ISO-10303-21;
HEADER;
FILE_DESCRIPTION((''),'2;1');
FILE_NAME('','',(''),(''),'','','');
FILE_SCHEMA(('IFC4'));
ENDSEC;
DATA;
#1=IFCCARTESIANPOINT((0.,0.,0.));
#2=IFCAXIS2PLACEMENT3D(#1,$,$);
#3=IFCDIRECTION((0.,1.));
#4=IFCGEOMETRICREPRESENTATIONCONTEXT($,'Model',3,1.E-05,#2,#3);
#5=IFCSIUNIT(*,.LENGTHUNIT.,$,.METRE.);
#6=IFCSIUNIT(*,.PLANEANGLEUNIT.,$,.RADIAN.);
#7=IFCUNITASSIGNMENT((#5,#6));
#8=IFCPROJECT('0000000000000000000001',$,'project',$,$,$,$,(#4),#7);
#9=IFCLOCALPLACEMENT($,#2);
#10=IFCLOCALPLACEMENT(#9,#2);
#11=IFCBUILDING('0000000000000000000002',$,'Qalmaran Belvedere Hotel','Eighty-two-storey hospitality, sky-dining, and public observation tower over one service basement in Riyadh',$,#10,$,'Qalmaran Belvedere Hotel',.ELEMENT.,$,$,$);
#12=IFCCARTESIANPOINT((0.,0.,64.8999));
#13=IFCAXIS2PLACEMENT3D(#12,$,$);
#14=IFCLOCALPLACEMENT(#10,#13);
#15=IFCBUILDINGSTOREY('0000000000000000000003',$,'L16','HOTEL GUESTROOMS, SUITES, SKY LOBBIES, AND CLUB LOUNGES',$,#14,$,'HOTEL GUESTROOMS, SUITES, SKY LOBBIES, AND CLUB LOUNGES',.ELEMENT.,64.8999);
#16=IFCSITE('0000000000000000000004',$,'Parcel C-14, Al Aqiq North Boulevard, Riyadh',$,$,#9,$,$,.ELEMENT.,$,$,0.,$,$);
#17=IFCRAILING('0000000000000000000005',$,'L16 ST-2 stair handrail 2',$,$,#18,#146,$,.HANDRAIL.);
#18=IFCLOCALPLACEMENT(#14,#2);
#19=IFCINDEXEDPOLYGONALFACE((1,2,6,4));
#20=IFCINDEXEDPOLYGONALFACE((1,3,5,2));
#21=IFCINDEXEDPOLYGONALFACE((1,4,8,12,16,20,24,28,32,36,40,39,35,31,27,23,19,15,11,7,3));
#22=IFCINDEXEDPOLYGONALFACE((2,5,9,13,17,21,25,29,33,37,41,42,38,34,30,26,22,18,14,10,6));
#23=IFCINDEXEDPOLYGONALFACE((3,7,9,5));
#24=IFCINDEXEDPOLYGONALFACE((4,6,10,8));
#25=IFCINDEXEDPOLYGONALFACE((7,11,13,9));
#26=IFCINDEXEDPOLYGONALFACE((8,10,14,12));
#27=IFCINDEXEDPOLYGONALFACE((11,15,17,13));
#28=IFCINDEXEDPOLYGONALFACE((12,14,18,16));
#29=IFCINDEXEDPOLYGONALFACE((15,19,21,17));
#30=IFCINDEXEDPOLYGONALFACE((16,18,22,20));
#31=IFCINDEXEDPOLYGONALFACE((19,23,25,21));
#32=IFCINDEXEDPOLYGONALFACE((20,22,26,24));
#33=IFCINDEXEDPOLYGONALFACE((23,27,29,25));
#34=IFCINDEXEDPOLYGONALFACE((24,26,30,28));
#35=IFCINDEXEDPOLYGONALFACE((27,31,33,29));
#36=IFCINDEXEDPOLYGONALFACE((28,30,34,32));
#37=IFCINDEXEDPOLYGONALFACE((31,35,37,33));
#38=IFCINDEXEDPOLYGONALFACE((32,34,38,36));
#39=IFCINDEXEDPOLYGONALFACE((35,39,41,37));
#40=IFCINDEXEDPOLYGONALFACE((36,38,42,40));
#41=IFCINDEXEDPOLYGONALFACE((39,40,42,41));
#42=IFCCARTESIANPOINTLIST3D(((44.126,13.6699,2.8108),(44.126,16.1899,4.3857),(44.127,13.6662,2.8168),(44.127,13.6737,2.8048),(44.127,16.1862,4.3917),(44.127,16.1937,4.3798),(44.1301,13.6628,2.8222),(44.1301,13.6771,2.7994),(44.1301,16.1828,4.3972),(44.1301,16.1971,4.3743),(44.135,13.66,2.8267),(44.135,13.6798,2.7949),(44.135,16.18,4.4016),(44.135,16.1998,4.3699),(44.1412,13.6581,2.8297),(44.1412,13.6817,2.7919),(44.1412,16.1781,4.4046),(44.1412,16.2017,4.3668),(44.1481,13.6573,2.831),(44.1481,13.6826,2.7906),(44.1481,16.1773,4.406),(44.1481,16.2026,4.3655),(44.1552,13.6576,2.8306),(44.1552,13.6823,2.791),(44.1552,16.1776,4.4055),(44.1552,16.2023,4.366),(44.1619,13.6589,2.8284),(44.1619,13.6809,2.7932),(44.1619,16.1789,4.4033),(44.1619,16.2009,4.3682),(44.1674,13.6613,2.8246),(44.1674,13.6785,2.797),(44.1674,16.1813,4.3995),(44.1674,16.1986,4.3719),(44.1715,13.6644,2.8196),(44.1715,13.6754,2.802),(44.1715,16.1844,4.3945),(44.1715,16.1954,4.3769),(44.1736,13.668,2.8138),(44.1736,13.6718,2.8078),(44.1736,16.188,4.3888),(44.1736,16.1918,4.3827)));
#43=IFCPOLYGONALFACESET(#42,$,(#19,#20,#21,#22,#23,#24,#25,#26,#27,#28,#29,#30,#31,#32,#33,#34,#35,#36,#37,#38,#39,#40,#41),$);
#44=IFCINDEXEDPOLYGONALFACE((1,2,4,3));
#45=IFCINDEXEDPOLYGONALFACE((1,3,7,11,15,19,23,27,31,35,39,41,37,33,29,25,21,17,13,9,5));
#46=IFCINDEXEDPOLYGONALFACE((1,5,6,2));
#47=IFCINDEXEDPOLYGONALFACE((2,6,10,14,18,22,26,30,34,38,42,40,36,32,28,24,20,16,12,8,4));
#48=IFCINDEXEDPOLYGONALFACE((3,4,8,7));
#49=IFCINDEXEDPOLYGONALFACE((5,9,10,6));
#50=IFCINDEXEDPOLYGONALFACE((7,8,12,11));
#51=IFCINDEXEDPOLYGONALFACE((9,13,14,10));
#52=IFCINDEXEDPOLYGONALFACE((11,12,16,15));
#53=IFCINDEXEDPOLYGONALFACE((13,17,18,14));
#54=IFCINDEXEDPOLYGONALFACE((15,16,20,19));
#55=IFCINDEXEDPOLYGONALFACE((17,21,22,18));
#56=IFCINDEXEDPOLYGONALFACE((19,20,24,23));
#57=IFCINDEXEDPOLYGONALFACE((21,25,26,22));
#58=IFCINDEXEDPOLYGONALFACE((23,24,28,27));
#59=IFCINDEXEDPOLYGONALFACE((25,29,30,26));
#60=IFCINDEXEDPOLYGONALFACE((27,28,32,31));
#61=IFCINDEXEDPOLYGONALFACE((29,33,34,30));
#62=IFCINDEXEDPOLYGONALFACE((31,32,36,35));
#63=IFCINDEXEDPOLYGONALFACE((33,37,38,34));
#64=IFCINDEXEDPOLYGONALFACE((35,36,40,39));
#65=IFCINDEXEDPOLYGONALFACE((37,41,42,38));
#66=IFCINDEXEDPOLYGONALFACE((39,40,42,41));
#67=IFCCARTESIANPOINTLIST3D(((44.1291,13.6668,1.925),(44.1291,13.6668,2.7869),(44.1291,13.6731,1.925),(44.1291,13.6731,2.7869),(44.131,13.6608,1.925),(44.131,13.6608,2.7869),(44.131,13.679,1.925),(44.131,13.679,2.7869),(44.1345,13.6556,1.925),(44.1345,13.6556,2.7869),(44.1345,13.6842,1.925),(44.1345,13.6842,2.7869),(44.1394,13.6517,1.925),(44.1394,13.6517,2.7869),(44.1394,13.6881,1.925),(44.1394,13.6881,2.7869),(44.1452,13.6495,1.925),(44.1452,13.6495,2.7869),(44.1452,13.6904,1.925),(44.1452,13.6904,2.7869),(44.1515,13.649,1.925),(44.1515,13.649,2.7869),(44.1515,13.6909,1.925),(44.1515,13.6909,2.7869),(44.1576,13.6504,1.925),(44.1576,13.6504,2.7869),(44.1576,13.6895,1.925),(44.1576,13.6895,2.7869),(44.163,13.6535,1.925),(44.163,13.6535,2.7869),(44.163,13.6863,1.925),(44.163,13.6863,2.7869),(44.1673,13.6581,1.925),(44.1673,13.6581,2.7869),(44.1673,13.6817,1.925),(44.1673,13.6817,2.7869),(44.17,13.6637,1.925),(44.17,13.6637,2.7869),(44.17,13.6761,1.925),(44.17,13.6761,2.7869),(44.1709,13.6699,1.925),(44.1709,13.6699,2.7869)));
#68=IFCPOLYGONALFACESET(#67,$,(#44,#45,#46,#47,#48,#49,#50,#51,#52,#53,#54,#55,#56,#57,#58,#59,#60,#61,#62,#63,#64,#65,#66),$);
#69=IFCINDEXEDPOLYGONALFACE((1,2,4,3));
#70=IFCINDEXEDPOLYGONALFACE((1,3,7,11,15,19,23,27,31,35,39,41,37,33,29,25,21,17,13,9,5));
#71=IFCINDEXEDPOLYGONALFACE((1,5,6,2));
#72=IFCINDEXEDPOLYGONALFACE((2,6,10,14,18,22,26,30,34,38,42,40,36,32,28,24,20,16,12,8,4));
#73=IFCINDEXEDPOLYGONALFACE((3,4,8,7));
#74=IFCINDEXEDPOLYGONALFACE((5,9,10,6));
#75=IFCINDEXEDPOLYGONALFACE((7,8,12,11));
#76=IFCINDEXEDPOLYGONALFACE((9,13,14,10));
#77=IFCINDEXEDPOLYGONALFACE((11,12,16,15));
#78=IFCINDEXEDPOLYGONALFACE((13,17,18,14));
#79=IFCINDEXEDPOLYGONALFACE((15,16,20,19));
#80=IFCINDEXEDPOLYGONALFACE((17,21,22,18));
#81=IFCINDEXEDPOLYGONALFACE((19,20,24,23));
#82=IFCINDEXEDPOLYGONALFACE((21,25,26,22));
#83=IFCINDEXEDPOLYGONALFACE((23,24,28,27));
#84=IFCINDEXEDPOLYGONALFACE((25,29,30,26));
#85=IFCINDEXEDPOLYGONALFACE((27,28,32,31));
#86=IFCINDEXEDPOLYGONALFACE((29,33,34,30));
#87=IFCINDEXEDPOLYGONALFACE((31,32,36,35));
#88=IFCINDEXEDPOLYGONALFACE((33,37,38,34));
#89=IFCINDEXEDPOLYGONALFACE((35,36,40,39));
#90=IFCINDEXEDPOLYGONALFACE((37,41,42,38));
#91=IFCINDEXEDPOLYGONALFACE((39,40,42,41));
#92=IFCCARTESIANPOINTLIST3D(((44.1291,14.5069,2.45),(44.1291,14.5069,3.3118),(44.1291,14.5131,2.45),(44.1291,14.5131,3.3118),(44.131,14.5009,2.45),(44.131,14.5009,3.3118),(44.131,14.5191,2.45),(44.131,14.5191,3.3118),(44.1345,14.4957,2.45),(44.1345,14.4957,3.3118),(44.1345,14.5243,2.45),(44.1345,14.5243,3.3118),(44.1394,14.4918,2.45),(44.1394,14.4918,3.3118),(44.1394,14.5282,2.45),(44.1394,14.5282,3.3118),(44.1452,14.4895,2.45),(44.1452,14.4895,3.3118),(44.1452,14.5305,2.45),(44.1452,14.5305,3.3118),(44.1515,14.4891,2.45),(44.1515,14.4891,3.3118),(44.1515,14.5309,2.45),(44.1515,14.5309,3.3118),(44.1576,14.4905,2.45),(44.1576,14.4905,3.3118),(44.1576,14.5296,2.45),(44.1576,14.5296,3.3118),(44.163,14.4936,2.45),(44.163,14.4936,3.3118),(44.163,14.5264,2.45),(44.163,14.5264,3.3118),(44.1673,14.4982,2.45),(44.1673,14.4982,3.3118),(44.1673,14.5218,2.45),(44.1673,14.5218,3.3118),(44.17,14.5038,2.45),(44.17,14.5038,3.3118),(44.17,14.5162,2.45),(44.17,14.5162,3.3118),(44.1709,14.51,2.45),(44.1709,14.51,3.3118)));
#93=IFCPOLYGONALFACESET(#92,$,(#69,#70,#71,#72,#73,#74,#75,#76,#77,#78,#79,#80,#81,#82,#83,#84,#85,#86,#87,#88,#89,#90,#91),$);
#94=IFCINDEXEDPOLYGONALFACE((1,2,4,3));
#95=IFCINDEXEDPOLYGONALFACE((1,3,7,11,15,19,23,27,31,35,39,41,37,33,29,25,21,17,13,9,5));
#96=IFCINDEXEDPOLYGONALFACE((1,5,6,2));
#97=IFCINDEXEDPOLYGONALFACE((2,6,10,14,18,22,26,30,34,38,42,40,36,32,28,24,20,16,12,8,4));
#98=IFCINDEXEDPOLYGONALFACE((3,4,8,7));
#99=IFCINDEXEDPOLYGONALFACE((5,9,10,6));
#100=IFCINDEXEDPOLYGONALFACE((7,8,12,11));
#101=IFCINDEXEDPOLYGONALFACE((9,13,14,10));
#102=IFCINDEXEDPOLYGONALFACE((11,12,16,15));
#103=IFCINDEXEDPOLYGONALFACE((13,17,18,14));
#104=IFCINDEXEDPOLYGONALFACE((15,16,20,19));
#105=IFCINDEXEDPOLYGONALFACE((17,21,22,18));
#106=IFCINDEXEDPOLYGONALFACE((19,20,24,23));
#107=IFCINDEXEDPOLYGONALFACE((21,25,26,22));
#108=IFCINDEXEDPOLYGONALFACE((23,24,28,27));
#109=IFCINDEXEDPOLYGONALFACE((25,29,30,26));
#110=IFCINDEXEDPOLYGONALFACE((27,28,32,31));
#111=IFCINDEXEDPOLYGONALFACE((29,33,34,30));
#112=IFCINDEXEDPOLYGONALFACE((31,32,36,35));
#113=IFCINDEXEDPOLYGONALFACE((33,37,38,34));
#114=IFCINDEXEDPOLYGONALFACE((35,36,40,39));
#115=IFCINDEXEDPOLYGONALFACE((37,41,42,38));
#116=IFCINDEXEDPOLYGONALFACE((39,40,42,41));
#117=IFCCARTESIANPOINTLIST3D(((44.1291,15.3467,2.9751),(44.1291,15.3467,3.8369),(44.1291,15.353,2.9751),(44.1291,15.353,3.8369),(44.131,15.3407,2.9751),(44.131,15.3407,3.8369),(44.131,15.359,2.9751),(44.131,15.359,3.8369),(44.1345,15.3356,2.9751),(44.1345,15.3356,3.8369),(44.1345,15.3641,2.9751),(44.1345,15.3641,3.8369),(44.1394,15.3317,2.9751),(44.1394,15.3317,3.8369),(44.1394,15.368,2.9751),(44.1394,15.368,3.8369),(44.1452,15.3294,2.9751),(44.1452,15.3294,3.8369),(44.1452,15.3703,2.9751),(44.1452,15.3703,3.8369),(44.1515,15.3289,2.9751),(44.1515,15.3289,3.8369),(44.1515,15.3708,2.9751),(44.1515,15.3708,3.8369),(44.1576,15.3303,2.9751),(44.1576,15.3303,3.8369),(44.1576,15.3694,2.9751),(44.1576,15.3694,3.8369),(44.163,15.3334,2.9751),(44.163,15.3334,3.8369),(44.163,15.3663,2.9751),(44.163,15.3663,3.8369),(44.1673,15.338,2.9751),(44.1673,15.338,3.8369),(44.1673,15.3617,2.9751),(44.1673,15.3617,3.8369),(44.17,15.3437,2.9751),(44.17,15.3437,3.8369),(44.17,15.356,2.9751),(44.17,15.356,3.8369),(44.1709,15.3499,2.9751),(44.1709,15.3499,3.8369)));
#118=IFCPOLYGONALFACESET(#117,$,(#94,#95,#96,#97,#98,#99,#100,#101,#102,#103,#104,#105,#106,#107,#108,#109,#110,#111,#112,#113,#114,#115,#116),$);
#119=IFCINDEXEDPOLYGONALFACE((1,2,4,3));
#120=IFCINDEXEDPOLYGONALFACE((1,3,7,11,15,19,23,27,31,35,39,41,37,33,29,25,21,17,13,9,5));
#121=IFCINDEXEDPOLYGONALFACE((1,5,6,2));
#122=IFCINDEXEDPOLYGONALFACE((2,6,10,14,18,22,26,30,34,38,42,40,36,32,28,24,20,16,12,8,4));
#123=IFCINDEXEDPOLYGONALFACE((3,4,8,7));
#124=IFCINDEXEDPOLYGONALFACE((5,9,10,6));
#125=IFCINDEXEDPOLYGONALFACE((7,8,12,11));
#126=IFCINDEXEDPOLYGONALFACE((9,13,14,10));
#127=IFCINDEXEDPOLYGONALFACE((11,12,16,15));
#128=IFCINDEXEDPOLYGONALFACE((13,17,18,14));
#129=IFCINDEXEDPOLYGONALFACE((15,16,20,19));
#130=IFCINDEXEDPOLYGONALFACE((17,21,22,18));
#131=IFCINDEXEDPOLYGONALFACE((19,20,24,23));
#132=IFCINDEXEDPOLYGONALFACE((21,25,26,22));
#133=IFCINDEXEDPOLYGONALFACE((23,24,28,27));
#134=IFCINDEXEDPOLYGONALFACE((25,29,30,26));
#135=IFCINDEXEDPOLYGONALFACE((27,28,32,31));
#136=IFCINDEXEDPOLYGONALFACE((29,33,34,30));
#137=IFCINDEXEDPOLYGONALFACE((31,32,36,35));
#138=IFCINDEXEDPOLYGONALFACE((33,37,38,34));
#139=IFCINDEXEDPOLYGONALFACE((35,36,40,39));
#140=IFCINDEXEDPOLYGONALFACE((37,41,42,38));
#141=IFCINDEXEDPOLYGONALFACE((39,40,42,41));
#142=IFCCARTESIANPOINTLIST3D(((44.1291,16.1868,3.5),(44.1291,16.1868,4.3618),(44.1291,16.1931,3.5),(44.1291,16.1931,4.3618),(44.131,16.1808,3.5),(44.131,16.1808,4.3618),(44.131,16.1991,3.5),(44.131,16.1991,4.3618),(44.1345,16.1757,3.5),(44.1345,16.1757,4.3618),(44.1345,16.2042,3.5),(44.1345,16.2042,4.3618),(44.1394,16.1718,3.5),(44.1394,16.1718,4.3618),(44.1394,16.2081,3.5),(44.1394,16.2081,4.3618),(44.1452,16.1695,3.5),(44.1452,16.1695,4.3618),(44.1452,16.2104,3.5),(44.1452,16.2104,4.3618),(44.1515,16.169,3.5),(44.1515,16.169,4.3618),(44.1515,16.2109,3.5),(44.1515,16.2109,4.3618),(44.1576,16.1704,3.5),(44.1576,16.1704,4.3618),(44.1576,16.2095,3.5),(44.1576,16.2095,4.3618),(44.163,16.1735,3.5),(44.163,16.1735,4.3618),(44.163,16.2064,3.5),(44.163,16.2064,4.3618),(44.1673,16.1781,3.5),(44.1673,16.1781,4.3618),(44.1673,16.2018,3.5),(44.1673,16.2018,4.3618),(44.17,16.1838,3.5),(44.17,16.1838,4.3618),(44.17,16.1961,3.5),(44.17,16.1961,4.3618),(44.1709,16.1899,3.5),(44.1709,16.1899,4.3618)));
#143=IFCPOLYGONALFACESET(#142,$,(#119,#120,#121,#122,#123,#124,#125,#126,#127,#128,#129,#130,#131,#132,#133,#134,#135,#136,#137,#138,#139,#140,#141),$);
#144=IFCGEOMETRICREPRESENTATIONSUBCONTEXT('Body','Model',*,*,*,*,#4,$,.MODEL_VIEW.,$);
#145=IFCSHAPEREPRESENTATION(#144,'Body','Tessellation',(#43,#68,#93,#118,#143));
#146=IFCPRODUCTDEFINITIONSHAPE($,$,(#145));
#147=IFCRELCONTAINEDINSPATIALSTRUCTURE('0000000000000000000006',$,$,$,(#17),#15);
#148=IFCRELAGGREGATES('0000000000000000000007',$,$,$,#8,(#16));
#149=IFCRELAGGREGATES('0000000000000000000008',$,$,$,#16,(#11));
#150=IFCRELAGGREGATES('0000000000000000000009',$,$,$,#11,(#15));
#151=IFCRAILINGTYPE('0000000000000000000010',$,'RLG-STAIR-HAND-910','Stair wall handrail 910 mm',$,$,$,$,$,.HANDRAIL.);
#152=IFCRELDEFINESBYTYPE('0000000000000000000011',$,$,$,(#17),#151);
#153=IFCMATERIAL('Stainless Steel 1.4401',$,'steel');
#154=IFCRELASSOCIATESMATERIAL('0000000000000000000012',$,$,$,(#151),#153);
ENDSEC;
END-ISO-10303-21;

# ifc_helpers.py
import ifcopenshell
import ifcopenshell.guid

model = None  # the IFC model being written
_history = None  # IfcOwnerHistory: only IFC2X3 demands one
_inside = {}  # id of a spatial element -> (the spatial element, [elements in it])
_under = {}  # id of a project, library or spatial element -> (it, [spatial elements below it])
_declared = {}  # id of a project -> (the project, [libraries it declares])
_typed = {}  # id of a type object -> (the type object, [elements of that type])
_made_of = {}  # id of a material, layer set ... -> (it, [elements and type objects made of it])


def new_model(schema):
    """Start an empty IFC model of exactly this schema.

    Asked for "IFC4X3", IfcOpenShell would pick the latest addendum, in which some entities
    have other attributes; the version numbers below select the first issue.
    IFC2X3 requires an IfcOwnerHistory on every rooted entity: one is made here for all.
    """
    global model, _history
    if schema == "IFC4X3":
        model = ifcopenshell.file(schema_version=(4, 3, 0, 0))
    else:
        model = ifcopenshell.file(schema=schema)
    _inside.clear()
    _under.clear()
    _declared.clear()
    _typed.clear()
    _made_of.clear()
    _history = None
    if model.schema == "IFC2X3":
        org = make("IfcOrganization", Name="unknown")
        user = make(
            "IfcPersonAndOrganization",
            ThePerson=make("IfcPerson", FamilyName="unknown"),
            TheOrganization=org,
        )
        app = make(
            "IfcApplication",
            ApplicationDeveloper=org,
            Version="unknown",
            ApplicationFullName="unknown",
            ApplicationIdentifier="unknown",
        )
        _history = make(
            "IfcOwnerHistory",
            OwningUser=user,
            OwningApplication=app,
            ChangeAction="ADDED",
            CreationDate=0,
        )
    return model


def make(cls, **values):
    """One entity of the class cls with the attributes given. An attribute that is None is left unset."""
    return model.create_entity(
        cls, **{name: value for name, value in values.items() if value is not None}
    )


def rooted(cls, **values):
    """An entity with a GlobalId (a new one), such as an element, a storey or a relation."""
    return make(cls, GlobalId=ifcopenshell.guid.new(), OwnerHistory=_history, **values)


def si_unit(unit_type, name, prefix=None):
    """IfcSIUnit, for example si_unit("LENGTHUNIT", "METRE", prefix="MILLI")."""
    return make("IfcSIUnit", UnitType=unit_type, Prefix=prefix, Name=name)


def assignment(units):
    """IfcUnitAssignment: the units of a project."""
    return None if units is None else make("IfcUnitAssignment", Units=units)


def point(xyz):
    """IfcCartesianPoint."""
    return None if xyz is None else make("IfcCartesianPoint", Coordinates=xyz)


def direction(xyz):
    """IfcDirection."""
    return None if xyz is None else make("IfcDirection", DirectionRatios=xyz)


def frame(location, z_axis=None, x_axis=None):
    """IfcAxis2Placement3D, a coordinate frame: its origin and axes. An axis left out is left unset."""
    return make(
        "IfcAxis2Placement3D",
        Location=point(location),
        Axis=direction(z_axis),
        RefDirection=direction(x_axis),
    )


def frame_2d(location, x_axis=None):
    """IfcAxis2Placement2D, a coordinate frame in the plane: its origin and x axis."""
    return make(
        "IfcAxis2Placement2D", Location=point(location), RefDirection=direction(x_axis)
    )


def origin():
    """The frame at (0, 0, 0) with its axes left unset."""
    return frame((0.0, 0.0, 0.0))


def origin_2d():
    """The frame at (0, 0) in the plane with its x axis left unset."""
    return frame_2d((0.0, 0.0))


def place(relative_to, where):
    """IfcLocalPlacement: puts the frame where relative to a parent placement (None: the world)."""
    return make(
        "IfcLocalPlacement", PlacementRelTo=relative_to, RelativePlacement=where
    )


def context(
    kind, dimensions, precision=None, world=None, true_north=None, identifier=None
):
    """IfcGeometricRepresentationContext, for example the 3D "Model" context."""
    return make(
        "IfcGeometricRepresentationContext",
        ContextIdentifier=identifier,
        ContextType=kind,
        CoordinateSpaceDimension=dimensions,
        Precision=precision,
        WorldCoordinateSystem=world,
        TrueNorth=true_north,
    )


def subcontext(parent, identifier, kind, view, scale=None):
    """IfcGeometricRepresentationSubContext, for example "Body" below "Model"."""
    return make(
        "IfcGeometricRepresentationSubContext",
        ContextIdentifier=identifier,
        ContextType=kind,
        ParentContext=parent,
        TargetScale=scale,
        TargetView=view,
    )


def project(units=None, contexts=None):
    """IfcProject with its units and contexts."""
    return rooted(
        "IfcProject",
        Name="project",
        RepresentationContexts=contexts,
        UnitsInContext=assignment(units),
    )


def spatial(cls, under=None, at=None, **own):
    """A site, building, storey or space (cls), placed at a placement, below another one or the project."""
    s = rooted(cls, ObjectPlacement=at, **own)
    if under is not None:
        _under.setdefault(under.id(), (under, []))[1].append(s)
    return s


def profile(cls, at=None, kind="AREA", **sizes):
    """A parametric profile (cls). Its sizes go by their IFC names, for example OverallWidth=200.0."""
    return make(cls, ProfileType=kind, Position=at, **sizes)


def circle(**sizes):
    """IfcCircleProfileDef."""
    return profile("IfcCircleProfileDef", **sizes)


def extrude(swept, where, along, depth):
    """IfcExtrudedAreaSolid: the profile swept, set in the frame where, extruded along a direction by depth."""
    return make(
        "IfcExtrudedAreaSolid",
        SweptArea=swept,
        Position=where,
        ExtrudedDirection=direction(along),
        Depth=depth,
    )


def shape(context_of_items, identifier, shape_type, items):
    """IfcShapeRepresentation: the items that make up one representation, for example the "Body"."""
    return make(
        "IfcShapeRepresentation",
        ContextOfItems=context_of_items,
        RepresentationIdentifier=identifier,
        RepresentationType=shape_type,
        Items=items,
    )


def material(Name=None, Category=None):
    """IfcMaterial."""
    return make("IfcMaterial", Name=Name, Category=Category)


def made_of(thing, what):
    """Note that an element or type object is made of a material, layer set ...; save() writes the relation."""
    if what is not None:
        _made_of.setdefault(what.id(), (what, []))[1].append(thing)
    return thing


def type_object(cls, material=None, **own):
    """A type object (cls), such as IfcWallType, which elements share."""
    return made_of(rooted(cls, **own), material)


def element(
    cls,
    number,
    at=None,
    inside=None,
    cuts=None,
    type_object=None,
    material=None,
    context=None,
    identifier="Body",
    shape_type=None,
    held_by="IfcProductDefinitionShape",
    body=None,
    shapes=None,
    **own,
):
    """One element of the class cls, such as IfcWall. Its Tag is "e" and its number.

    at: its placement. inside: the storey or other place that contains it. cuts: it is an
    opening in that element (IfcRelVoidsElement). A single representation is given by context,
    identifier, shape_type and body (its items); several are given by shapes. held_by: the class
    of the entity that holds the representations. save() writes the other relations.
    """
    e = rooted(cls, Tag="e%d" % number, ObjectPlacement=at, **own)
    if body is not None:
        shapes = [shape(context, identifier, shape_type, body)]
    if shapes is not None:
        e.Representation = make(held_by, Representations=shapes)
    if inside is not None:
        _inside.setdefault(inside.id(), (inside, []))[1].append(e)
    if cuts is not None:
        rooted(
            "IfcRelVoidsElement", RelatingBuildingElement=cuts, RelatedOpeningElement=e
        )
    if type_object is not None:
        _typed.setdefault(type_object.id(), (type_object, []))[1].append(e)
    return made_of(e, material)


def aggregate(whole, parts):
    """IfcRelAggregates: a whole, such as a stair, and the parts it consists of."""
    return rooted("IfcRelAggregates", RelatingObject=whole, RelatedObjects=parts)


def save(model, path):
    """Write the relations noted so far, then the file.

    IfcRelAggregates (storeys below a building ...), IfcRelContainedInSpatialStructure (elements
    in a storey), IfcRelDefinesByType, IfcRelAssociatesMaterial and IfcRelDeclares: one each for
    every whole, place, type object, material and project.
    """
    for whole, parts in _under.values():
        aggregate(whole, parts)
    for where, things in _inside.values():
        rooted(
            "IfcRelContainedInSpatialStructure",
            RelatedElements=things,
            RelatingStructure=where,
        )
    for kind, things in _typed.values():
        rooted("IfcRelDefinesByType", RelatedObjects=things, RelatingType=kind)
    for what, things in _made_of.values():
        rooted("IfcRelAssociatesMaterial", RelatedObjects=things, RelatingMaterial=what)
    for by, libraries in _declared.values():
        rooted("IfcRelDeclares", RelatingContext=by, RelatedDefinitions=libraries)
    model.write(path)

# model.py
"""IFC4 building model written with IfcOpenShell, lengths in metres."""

from ifc_helpers import new_model, si_unit, direction, frame, origin, origin_2d, place, context, subcontext, project, spatial, circle, extrude, material, type_object, element, save


model = new_model("IFC4")

# Units and contexts
model_context = context("Model", 3, precision=1e-05, world=origin(), true_north=direction((0.0, 1.0)))
body_context = subcontext(model_context, "Body", "Model", "MODEL_VIEW")
ifc_project = project(units=[si_unit("LENGTHUNIT", "METRE"), si_unit("PLANEANGLEUNIT", "RADIAN")], contexts=[model_context])

# Site, building, storey
site_placement = place(None, origin())
site = spatial("IfcSite", under=ifc_project, at=site_placement, Name="Parcel C-14, Al Aqiq North Boulevard, Riyadh", CompositionType="ELEMENT", RefElevation=0.0)
building_placement = place(site_placement, origin())
building = spatial("IfcBuilding", under=site, at=building_placement, Name="Qalmaran Belvedere Hotel", Description="Eighty-two-storey hospitality, sky-dining, and public observation tower over one service basement in Riyadh", LongName="Qalmaran Belvedere Hotel", CompositionType="ELEMENT")
storey_placement = place(building_placement, frame((0.0, 0.0, 64.8999)))
storey = spatial("IfcBuildingStorey", under=building, at=storey_placement, Name="L16", Description="HOTEL GUESTROOMS, SUITES, SKY LOBBIES, AND CLUB LOUNGES", LongName="HOTEL GUESTROOMS, SUITES, SKY LOBBIES, AND CLUB LOUNGES", CompositionType="ELEMENT", Elevation=64.8999)

# Shared definitions
ifc_material_1 = material(Name="Stainless Steel 1.4401", Category="steel")

# Railing
railing_type_1 = type_object("IfcRailingType", Name="RLG-STAIR-HAND-910", Description="Stair wall handrail 910 mm", PredefinedType="HANDRAIL", material=ifc_material_1)
railing_1_placement = place(storey_placement, frame((44.1499, 13.6699, 1.925)))
element("IfcRailing", 1, at=railing_1_placement, inside=storey, type_object=railing_type_1, Name="L16 ST-2 stair handrail 2", PredefinedType="HANDRAIL", context=body_context, shape_type="SweptSolid", body=[
    extrude(circle(Radius=0.0239, at=origin_2d()), frame((0.0, 0.0, 0.8857), z_axis=(0.0, 0.848008, 0.529984), x_axis=(-1.0, 0.0, 0.0)), (0.0, 0.0, 1.0), 2.9717),
    extrude(circle(Radius=0.021, at=origin_2d()), origin(), (0.0, 0.0, 1.0), 0.8618),
    extrude(circle(Radius=0.021, at=origin_2d()), frame((0.0, 0.8401, 0.5249)), (0.0, 0.0, 1.0), 0.8618),
    extrude(circle(Radius=0.021, at=origin_2d()), frame((0.0, 1.6799, 1.05)), (0.0, 0.0, 1.0), 0.8618),
    extrude(circle(Radius=0.021, at=origin_2d()), frame((0.0, 2.52, 1.575)), (0.0, 0.0, 1.0), 0.8618),
])

save(model, "model.ifc")
